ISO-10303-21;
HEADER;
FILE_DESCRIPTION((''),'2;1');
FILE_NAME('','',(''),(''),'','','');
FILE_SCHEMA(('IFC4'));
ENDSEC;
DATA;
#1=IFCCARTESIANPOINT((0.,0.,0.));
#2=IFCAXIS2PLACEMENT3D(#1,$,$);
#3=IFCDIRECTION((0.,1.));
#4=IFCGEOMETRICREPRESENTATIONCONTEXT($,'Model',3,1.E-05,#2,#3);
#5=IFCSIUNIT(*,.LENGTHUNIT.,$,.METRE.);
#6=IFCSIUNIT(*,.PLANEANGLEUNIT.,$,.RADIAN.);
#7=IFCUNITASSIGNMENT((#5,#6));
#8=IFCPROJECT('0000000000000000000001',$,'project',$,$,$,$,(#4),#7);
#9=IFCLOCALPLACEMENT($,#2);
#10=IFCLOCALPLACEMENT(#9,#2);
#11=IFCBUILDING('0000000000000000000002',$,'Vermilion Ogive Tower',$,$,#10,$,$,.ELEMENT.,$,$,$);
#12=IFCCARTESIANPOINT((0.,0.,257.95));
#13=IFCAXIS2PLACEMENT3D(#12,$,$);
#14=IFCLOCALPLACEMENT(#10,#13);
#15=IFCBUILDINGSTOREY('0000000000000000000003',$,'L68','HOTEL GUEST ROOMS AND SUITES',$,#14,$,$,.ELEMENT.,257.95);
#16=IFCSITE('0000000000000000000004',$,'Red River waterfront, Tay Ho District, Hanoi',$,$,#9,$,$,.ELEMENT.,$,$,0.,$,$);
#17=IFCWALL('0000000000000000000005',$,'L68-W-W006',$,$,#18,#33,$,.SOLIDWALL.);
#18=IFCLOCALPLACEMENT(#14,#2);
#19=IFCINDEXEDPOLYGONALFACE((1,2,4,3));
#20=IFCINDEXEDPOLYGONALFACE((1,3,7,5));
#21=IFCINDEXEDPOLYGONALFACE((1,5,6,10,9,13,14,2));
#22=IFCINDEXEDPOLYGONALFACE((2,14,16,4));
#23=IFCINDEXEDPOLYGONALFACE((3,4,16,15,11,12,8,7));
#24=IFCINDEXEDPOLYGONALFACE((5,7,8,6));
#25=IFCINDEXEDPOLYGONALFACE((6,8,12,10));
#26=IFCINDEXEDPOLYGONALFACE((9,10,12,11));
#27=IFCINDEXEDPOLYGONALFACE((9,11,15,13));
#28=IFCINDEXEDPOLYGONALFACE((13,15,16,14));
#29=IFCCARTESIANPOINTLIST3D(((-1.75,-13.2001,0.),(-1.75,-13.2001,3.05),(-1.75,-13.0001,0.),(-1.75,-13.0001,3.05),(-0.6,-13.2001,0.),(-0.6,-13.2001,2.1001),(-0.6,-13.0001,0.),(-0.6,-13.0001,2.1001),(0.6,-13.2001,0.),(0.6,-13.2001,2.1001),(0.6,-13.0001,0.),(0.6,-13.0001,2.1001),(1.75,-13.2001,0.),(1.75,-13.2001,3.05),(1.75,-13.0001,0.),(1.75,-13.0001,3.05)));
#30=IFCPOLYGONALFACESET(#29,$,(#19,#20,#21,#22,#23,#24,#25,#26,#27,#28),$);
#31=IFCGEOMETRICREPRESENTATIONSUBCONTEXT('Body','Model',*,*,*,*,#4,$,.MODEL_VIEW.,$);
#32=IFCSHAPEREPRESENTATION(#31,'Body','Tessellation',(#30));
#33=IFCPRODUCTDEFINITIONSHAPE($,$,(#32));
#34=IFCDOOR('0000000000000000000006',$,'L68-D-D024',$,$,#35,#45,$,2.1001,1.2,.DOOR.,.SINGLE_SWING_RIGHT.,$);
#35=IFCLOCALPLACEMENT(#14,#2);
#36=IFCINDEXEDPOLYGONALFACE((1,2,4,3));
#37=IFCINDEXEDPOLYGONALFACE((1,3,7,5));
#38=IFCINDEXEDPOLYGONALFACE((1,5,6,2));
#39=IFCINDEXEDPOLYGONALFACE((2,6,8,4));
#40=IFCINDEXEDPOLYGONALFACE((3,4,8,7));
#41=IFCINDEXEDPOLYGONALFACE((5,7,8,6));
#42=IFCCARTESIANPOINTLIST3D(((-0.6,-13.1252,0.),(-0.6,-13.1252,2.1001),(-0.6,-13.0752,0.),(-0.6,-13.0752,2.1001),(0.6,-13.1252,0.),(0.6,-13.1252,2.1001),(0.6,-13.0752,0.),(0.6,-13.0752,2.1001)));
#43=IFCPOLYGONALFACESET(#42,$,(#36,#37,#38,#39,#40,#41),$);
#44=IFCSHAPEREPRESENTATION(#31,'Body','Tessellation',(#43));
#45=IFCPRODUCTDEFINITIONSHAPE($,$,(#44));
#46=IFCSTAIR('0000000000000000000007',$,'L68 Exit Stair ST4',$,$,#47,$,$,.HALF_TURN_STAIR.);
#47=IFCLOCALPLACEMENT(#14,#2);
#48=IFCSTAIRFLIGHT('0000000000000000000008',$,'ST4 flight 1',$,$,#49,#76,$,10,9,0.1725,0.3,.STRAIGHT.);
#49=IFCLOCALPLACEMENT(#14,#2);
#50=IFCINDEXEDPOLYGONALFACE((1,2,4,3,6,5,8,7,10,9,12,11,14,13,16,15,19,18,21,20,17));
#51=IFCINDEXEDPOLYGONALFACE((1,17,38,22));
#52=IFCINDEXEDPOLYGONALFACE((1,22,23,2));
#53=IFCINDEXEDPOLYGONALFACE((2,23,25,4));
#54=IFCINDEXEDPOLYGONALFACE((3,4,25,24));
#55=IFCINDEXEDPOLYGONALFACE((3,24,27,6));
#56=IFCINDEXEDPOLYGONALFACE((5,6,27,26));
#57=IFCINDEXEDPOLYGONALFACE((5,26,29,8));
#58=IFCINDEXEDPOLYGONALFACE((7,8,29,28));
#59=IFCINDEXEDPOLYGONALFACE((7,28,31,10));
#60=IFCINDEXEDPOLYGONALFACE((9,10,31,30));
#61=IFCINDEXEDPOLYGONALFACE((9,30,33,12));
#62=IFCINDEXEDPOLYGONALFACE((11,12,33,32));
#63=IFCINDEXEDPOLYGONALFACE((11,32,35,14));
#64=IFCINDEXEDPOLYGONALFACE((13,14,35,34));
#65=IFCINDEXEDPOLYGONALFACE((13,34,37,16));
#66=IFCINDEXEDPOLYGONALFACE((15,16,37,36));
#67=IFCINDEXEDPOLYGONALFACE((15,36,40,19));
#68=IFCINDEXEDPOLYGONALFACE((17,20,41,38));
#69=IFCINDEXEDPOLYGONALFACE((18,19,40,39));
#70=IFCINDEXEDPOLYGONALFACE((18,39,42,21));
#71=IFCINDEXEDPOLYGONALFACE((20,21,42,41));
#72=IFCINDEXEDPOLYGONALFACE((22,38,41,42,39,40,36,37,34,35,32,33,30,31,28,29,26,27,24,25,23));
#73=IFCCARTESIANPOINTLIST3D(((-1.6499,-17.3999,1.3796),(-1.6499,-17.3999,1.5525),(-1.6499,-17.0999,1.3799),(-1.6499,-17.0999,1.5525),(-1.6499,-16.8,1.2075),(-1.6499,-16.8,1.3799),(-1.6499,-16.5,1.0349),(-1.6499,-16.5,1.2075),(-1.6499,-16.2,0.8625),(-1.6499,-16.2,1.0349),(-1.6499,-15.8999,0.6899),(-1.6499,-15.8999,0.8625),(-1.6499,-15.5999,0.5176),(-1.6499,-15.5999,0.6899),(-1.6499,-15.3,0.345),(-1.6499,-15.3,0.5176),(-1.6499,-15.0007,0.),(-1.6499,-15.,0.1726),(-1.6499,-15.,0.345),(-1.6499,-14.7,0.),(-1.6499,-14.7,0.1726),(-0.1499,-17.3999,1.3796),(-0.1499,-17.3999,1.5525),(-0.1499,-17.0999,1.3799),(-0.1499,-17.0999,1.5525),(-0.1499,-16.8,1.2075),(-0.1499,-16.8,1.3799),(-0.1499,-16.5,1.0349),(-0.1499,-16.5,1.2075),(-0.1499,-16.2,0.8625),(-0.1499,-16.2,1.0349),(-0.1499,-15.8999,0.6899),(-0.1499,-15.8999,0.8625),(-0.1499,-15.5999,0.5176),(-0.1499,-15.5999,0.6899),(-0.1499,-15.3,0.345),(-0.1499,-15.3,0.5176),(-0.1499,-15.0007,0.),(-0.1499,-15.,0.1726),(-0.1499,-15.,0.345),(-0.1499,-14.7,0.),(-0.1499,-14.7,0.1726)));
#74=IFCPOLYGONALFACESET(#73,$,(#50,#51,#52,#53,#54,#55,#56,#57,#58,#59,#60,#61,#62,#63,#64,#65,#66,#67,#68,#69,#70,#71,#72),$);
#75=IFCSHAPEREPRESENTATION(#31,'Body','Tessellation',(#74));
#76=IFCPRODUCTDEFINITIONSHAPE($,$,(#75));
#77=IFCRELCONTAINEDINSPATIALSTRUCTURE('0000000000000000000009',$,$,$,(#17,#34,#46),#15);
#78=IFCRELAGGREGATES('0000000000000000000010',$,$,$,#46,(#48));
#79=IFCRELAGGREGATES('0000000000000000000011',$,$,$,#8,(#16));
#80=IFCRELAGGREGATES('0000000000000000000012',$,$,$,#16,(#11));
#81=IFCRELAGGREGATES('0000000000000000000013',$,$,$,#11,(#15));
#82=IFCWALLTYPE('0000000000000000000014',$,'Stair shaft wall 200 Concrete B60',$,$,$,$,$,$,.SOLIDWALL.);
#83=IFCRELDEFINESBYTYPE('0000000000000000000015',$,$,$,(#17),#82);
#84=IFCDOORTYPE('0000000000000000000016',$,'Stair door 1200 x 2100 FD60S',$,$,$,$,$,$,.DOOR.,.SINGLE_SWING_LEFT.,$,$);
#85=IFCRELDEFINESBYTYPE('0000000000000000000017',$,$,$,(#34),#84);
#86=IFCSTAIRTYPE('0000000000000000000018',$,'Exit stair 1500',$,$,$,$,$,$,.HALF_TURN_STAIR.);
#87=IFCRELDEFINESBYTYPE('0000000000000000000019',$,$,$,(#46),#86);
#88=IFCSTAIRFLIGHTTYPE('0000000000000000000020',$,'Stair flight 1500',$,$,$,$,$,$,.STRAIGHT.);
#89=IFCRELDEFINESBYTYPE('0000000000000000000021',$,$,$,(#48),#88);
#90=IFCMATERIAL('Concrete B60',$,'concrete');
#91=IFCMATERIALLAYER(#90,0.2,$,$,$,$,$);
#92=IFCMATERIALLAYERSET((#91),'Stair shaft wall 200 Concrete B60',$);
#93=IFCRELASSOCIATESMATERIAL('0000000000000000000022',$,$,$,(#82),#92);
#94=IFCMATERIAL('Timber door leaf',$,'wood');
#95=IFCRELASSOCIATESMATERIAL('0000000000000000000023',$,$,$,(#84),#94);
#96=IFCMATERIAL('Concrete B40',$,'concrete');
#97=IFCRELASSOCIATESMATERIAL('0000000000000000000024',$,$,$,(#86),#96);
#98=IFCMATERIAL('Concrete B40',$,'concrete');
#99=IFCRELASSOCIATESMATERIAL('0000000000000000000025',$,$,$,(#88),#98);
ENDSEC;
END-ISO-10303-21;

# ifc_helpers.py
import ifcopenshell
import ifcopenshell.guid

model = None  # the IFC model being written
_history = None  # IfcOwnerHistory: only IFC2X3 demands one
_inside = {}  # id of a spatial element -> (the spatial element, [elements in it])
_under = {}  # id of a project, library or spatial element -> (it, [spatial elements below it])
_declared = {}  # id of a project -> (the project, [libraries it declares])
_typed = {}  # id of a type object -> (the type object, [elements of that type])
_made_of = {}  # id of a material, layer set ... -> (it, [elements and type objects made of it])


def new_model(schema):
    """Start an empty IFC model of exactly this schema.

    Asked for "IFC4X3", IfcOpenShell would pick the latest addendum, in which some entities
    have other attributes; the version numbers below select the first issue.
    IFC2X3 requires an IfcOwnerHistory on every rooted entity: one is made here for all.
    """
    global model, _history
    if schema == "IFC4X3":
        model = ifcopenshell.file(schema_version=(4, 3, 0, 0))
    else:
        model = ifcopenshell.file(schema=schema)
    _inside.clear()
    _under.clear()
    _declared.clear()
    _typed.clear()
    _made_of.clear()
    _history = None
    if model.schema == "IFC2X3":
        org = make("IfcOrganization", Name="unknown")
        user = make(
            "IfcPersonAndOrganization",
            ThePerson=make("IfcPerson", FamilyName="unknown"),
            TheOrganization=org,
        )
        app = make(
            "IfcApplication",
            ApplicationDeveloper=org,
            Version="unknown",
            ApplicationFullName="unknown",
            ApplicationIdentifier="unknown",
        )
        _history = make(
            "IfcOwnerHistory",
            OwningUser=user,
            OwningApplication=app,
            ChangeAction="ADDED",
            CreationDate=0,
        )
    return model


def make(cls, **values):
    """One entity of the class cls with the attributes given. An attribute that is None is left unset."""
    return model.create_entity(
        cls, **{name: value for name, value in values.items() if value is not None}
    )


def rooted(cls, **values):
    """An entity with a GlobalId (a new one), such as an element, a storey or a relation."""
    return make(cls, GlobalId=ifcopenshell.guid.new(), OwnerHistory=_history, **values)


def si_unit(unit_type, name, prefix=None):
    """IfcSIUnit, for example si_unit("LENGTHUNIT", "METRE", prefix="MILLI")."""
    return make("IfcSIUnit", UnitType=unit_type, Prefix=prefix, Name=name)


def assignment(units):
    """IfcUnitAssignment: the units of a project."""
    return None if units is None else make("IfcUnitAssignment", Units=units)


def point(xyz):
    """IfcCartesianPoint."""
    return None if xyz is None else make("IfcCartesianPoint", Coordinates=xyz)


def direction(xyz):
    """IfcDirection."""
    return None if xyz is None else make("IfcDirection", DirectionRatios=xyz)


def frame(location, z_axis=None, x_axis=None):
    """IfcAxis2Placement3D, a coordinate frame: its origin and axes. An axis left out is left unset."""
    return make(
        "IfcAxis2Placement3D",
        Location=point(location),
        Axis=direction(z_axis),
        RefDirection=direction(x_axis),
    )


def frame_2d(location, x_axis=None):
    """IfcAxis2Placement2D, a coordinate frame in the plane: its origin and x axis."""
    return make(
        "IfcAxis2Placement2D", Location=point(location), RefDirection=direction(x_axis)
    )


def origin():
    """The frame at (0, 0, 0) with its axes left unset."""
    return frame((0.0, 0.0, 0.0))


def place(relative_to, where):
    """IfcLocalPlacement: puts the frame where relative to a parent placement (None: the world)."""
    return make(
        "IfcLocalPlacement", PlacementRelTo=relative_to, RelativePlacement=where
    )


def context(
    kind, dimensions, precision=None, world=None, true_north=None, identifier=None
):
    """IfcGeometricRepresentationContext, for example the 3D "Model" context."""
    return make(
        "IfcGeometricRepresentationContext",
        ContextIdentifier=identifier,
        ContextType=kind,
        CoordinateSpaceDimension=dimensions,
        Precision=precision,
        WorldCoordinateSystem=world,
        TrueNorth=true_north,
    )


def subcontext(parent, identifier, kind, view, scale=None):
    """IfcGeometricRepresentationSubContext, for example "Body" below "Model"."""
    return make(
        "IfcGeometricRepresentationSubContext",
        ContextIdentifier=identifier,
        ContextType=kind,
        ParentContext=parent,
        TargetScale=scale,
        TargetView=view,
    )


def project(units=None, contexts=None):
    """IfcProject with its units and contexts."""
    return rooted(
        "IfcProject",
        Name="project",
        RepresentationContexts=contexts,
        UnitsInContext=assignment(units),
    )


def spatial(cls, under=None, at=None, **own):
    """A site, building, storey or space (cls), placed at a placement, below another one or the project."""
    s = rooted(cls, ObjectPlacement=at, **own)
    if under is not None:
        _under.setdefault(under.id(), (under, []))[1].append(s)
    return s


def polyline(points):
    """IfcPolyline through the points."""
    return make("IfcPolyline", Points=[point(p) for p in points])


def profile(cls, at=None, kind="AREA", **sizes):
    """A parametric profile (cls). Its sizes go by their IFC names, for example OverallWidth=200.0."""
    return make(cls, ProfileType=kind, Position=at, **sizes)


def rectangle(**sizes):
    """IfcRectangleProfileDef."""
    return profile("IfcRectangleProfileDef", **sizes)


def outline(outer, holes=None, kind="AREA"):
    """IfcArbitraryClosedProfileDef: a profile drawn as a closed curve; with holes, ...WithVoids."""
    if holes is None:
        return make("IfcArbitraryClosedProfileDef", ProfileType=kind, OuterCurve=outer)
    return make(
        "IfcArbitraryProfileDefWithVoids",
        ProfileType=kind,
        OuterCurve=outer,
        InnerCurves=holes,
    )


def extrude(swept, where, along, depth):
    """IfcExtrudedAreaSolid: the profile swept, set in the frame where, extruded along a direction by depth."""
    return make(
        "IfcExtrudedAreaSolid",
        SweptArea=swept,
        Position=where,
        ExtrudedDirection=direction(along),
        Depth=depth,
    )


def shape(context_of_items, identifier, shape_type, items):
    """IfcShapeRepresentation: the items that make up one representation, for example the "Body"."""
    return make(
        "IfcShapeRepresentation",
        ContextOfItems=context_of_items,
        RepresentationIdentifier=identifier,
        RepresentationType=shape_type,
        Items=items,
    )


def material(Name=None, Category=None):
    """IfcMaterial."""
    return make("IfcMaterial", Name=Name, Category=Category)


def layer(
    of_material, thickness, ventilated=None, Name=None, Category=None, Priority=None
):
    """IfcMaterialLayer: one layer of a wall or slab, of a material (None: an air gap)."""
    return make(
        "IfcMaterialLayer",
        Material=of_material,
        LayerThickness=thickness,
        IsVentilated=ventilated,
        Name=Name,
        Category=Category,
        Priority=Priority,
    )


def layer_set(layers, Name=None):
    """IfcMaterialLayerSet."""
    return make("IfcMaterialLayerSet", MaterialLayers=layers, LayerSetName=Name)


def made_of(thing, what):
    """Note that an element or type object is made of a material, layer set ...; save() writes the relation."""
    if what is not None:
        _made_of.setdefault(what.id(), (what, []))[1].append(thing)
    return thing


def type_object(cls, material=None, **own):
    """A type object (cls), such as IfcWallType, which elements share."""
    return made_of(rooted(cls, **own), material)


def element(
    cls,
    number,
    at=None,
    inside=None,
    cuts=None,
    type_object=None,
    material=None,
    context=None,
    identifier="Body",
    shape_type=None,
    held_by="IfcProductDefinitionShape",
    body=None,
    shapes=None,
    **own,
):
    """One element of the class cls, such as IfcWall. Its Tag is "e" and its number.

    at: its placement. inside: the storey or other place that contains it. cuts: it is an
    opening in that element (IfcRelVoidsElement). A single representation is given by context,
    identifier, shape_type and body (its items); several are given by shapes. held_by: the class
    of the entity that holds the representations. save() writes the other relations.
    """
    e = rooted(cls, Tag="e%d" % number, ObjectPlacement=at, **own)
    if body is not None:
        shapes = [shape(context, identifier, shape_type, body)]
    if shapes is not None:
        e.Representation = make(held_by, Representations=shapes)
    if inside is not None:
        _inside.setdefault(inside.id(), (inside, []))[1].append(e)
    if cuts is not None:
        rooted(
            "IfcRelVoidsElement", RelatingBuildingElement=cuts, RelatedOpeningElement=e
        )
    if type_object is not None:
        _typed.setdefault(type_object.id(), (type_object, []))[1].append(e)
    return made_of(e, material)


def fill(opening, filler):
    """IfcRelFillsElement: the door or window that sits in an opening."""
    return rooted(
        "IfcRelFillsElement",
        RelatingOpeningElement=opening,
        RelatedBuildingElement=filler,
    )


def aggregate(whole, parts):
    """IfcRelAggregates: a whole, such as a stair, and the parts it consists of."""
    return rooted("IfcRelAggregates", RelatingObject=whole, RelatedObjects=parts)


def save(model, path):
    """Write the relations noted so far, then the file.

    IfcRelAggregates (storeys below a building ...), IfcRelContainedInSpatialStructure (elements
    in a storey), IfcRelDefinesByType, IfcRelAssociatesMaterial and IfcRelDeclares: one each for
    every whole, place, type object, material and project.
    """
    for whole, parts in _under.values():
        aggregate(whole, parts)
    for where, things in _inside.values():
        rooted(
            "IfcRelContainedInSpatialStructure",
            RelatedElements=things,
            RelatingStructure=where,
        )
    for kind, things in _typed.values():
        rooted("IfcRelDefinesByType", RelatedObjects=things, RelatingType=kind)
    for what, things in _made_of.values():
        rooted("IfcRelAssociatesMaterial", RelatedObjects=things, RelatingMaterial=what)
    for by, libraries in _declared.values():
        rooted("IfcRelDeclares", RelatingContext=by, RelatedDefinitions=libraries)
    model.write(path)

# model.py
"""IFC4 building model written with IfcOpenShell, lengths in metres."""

from ifc_helpers import new_model, si_unit, direction, frame, frame_2d, origin, place, context, subcontext, project, spatial, polyline, rectangle, outline, extrude, material, layer, layer_set, type_object, element, fill, aggregate, save


model = new_model("IFC4")

# Units and contexts
model_context = context("Model", 3, precision=1e-05, world=origin(), true_north=direction((0.0, 1.0)))
body_context = subcontext(model_context, "Body", "Model", "MODEL_VIEW")
ifc_project = project(units=[si_unit("LENGTHUNIT", "METRE"), si_unit("PLANEANGLEUNIT", "RADIAN")], contexts=[model_context])

# Site, building, storey
site_placement = place(None, origin())
site = spatial("IfcSite", under=ifc_project, at=site_placement, Name="Red River waterfront, Tay Ho District, Hanoi", CompositionType="ELEMENT", RefElevation=0.0)
building_placement = place(site_placement, origin())
building = spatial("IfcBuilding", under=site, at=building_placement, Name="Vermilion Ogive Tower", CompositionType="ELEMENT")
storey_placement = place(building_placement, frame((0.0, 0.0, 257.95)))
storey = spatial("IfcBuildingStorey", under=building, at=storey_placement, Name="L68", Description="HOTEL GUEST ROOMS AND SUITES", CompositionType="ELEMENT", Elevation=257.95)

# Wall, opening, door
ifc_material_1 = material(Name="Concrete B60", Category="concrete")
ifc_layer_1 = layer(ifc_material_1, 0.2)
ifc_layer_set_1 = layer_set([ifc_layer_1], Name="Stair shaft wall 200 Concrete B60")
wall_type_1 = type_object("IfcWallType", Name="Stair shaft wall 200 Concrete B60", PredefinedType="SOLIDWALL", material=ifc_layer_set_1)
wall_1_placement = place(storey_placement, frame((-1.75, -13.1001, 0.0), z_axis=(0.0, 0.0, 1.0), x_axis=(1.0, 0.0, 0.0)))
wall_1 = element("IfcWall", 1, at=wall_1_placement, inside=storey, type_object=wall_type_1, Name="L68-W-W006", PredefinedType="SOLIDWALL", context=body_context, shape_type="SweptSolid", body=[
    extrude(rectangle(XDim=3.5, YDim=0.2, at=frame_2d((1.75, 0.0))), origin(), (0.0, 0.0, 1.0), 3.05),
])
opening_1_placement = place(wall_1_placement, frame((1.1499, 0.0, 0.0)))
opening_1 = element("IfcOpeningElement", 2, at=opening_1_placement, cuts=wall_1, PredefinedType="OPENING", context=body_context, shape_type="SweptSolid", body=[
    extrude(rectangle(XDim=1.2, YDim=2.1001, at=frame_2d((0.6001, 1.05))), frame((0.0, 0.1099, 0.0), z_axis=(0.0, -1.0, 0.0), x_axis=(1.0, 0.0, 0.0)), (0.0, 0.0, 1.0), 0.22),
])
ifc_material_2 = material(Name="Timber door leaf", Category="wood")
door_type_1 = type_object("IfcDoorType", Name="Stair door 1200 x 2100 FD60S", OperationType="SINGLE_SWING_LEFT", PredefinedType="DOOR", material=ifc_material_2)
door_1_placement = place(opening_1_placement, origin())
door_1 = element("IfcDoor", 3, at=door_1_placement, inside=storey, type_object=door_type_1, Name="L68-D-D024", OperationType="SINGLE_SWING_RIGHT", OverallHeight=2.1001, OverallWidth=1.2, PredefinedType="DOOR", context=body_context, shape_type="SweptSolid", body=[
    extrude(rectangle(XDim=1.2, YDim=2.1001, at=frame_2d((0.6001, 1.05))), frame((0.0, 0.0249, 0.0), z_axis=(0.0, -1.0, 0.0), x_axis=(1.0, 0.0, 0.0)), (0.0, 0.0, 1.0), 0.05),
])
fill(opening_1, door_1)

# Stair, stair flight
ifc_material_3 = material(Name="Concrete B40", Category="concrete")
stair_type = type_object("IfcStairType", Name="Exit stair 1500", PredefinedType="HALF_TURN_STAIR", material=ifc_material_3)
stair_placement = place(storey_placement, origin())
stair = element("IfcStair", 4, at=stair_placement, inside=storey, type_object=stair_type, Name="L68 Exit Stair ST4", PredefinedType="HALF_TURN_STAIR")
ifc_material_4 = material(Name="Concrete B40", Category="concrete")
stair_flight_type = type_object("IfcStairFlightType", Name="Stair flight 1500", PredefinedType="STRAIGHT", material=ifc_material_4)
stair_flight_placement = place(storey_placement, frame((-0.8999, -14.7, 0.0), z_axis=(0.0, 0.0, 1.0), x_axis=(0.0, -1.0, 0.0)))
stair_flight = element("IfcStairFlight", 5, at=stair_flight_placement, type_object=stair_flight_type, Name="ST4 flight 1", NumberOfRisers=10, NumberOfTreads=9, PredefinedType="STRAIGHT", RiserHeight=0.1725, TreadLength=0.3, context=body_context, shape_type="SweptSolid", body=[
    extrude(outline(polyline([(0.0, 0.0), (0.0, 0.1726), (0.3, 0.1726), (0.3, 0.345), (0.6001, 0.345), (0.6001, 0.5176), (0.8999, 0.5176), (0.8999, 0.6899), (1.2, 0.6899), (1.2, 0.8625), (1.5, 0.8625), (1.5, 1.0349), (1.8, 1.0349), (1.8, 1.2075), (2.1001, 1.2075), (2.1001, 1.3799), (2.3999, 1.3799), (2.3999, 1.5525), (2.7, 1.5525), (2.7, 1.7251), (2.7, 1.3796), (0.3008, 0.0), (0.0, 0.0)])), frame((0.0, 0.75, 0.0), z_axis=(0.0, -1.0, 0.0), x_axis=(1.0, 0.0, 0.0)), (0.0, 0.0, 1.0), 1.5),
])
aggregate(stair, [stair_flight])

save(model, "model.ifc")
